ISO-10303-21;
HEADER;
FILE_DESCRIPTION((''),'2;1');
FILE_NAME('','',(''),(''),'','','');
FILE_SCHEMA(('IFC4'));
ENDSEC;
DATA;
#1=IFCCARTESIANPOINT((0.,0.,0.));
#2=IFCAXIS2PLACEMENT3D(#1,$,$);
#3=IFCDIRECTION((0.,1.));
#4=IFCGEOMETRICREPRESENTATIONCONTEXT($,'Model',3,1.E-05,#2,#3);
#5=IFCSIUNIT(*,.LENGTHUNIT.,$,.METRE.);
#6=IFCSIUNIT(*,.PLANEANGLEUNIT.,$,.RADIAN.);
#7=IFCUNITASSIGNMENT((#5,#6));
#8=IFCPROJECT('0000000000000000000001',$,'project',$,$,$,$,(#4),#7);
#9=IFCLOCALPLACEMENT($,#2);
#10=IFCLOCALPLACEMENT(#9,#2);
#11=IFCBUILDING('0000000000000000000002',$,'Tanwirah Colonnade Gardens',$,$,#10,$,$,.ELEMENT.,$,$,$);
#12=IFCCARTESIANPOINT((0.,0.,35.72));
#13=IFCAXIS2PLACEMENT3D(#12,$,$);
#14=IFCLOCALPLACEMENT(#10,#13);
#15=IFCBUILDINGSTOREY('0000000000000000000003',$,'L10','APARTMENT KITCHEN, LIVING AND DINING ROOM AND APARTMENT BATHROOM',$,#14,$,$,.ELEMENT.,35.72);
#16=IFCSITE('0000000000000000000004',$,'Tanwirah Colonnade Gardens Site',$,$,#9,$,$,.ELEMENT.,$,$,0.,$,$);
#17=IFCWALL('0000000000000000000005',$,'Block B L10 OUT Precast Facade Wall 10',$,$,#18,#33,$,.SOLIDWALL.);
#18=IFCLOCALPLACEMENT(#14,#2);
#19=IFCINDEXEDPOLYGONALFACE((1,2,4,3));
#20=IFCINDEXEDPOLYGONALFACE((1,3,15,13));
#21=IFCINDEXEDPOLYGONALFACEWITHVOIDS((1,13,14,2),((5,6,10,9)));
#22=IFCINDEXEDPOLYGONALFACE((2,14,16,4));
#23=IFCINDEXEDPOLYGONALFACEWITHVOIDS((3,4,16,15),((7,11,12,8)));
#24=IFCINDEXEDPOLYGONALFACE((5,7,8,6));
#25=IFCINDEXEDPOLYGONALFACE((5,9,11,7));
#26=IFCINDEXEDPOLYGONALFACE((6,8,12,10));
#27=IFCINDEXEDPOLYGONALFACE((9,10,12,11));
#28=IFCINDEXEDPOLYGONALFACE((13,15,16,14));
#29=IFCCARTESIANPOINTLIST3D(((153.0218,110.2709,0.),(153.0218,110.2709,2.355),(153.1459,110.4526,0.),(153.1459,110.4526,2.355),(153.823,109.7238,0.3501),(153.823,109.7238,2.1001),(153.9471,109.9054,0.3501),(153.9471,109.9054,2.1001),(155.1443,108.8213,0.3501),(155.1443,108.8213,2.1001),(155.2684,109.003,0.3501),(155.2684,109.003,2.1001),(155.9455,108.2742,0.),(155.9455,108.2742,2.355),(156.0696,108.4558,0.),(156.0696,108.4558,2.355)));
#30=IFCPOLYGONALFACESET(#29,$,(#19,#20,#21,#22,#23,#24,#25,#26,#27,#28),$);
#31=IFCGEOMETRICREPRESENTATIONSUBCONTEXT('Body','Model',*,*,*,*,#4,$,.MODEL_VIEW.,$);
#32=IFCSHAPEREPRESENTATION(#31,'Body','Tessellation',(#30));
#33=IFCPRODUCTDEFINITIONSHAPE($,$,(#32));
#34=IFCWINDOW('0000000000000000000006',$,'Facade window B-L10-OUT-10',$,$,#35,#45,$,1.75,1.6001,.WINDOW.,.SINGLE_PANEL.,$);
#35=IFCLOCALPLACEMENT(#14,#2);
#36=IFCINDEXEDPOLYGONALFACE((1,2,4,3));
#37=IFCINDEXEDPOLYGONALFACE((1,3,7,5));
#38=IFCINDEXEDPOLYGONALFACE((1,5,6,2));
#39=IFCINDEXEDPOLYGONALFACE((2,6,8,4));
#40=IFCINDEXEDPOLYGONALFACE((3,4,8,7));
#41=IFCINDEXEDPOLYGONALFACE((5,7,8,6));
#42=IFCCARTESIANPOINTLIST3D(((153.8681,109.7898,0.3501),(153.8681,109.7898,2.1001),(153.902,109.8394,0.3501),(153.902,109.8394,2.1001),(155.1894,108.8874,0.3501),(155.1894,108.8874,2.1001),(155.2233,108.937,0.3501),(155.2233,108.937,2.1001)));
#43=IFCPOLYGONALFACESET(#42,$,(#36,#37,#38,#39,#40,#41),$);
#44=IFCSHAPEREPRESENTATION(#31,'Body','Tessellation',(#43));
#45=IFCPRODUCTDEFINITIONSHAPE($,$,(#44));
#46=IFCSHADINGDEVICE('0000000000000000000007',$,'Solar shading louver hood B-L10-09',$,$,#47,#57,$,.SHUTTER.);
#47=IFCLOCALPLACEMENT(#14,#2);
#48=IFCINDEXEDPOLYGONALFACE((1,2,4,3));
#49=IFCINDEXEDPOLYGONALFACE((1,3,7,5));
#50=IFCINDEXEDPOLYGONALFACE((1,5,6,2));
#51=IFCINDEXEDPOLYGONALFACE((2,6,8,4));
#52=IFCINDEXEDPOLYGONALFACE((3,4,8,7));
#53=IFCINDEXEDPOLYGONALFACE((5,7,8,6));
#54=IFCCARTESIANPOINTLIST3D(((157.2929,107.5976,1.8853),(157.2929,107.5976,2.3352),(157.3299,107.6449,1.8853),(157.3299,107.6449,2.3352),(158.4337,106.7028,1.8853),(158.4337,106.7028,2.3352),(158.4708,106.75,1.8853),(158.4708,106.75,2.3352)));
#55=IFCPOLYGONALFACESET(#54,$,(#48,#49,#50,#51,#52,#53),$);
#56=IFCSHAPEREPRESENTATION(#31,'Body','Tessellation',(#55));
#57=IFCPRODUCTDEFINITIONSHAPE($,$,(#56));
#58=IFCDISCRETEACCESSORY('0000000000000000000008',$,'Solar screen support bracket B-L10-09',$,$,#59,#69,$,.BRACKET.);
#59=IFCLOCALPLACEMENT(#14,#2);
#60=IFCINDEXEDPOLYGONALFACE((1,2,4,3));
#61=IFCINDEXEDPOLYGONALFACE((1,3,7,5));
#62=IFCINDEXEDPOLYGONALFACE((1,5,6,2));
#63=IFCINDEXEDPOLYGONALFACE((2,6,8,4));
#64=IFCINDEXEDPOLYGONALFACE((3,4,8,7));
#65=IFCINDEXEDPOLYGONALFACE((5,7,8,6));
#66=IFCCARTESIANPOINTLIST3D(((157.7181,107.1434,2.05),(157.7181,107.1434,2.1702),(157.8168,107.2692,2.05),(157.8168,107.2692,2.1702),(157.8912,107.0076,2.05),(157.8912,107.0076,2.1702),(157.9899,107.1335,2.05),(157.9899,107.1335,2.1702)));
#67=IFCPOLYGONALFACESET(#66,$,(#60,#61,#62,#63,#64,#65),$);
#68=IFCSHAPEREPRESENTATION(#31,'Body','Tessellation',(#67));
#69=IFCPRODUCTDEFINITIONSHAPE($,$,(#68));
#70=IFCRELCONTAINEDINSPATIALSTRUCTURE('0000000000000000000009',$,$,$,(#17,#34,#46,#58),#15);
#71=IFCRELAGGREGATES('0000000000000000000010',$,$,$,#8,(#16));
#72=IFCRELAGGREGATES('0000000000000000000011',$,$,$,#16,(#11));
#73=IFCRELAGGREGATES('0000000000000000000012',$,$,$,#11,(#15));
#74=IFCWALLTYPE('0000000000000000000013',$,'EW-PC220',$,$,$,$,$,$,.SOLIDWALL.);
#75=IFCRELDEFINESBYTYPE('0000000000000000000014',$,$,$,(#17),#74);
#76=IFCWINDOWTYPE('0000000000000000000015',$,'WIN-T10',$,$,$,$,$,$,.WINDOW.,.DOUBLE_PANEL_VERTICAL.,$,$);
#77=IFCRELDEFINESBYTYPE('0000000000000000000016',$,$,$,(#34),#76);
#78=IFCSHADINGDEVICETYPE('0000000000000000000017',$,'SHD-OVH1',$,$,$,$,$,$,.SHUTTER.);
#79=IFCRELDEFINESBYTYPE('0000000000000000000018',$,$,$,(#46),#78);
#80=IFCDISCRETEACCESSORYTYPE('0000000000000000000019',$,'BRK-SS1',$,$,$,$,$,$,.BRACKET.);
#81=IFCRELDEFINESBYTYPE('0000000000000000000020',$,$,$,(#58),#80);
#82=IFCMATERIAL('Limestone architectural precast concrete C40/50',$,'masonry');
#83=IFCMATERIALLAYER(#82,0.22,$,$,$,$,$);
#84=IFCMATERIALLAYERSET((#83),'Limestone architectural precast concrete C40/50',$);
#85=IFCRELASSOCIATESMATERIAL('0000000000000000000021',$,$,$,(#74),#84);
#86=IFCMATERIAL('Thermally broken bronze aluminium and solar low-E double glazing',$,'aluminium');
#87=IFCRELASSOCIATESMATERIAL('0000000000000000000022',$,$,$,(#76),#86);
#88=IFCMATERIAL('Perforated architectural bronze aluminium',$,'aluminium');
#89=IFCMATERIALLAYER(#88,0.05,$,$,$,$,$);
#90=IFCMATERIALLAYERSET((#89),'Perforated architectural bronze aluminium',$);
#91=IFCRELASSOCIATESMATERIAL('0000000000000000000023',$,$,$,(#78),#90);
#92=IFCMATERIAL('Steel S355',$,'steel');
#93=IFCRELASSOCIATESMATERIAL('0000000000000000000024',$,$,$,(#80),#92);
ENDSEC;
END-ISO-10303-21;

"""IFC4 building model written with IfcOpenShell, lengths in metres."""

from ifc_helpers import new_model, si_unit, direction, frame, frame_2d, origin, origin_2d, place, context, subcontext, project, spatial, rectangle, extrude, material, layer, layer_set, type_object, element, fill, save


model = new_model("IFC4")

# Units and contexts
model_context = context("Model", 3, precision=1e-05, world=origin(), true_north=direction((0.0, 1.0)))
body_context = subcontext(model_context, "Body", "Model", "MODEL_VIEW")
ifc_project = project(units=[si_unit("LENGTHUNIT", "METRE"), si_unit("PLANEANGLEUNIT", "RADIAN")], contexts=[model_context])

# Site, building, storey
site_placement = place(None, origin())
site = spatial("IfcSite", under=ifc_project, at=site_placement, Name="Tanwirah Colonnade Gardens Site", CompositionType="ELEMENT", RefElevation=0.0)
building_placement = place(site_placement, origin())
building = spatial("IfcBuilding", under=site, at=building_placement, Name="Tanwirah Colonnade Gardens", CompositionType="ELEMENT")
storey_placement = place(building_placement, frame((0.0, 0.0, 35.72)))
storey = spatial("IfcBuildingStorey", under=building, at=storey_placement, Name="L10", Description="APARTMENT KITCHEN, LIVING AND DINING ROOM AND APARTMENT BATHROOM", CompositionType="ELEMENT", Elevation=35.72)

# Shared definitions
ifc_material_1 = material(Name="Limestone architectural precast concrete C40/50", Category="masonry")
ifc_layer_1 = layer(ifc_material_1, 0.22)
ifc_layer_set_1 = layer_set([ifc_layer_1], Name="Limestone architectural precast concrete C40/50")
wall_type = type_object("IfcWallType", Name="EW-PC220", PredefinedType="SOLIDWALL", material=ifc_layer_set_1)

# Wall, opening, window
ifc_material_2 = material(Name="Thermally broken bronze aluminium and solar low-E double glazing", Category="aluminium")
wall_1_placement = place(storey_placement, frame((156.0076, 108.365, 0.0), z_axis=(0.0, 0.0, 1.0), x_axis=(-0.825792, 0.563974, 0.0)))
wall_1 = element("IfcWall", 1, at=wall_1_placement, inside=storey, type_object=wall_type, Name="Block B L10 OUT Precast Facade Wall 10", PredefinedType="SOLIDWALL", context=body_context, shape_type="SweptSolid", body=[
    extrude(rectangle(XDim=3.5405, YDim=0.22, at=frame_2d((1.7703, 0.0))), origin(), (0.0, 0.0, 1.0), 2.355),
])
opening_1_placement = place(wall_1_placement, frame((0.9702, 0.0, 0.3501)))
opening_1 = element("IfcOpeningElement", 2, at=opening_1_placement, cuts=wall_1, PredefinedType="OPENING", context=body_context, shape_type="SweptSolid", body=[
    extrude(rectangle(XDim=1.6001, YDim=1.75, at=frame_2d((0.8, 0.875))), frame((0.0, 0.1199, 0.0), z_axis=(0.0, -1.0, 0.0), x_axis=(1.0, 0.0, 0.0)), (0.0, 0.0, 1.0), 0.24),
])
window_type_1 = type_object("IfcWindowType", Name="WIN-T10", PartitioningType="DOUBLE_PANEL_VERTICAL", PredefinedType="WINDOW", material=ifc_material_2)
window_1_placement = place(opening_1_placement, origin())
window_1 = element("IfcWindow", 3, at=window_1_placement, inside=storey, type_object=window_type_1, Name="Facade window B-L10-OUT-10", OverallHeight=1.75, OverallWidth=1.6001, PartitioningType="SINGLE_PANEL", PredefinedType="WINDOW", context=body_context, shape_type="SweptSolid", body=[
    extrude(rectangle(XDim=1.6001, YDim=1.75, at=frame_2d((0.8, 0.875))), frame((0.0, 0.03, 0.0), z_axis=(0.0, -1.0, 0.0), x_axis=(1.0, 0.0, 0.0)), (0.0, 0.0, 1.0), 0.0601),
])
fill(opening_1, window_1)

# Shading device
ifc_material_3 = material(Name="Perforated architectural bronze aluminium", Category="aluminium")
ifc_layer_2 = layer(ifc_material_3, 0.05)
ifc_layer_set_2 = layer_set([ifc_layer_2], Name="Perforated architectural bronze aluminium")
shading_device_type = type_object("IfcShadingDeviceType", Name="SHD-OVH1", PredefinedType="SHUTTER", material=ifc_layer_set_2)
shading_device_placement = place(storey_placement, frame((157.8818, 107.1738, 1.8853), z_axis=(0.0, 0.0, 1.0), x_axis=(-0.786816, 0.617188, 0.0)))
element("IfcShadingDevice", 4, at=shading_device_placement, inside=storey, type_object=shading_device_type, Name="Solar shading louver hood B-L10-09", PredefinedType="SHUTTER", context=body_context, shape_type="SweptSolid", body=[
    extrude(rectangle(XDim=1.45, YDim=0.0601, at=origin_2d()), origin(), (0.0, 0.0, 1.0), 0.45),
])

# Discrete accessory
ifc_material_4 = material(Name="Steel S355", Category="steel")
discrete_accessory_type = type_object("IfcDiscreteAccessoryType", Name="BRK-SS1", PredefinedType="BRACKET", material=ifc_material_4)
discrete_accessory_placement = place(storey_placement, frame((157.854, 107.1384, 2.05), z_axis=(0.0, 0.0, 1.0), x_axis=(-0.786816, 0.617188, 0.0)))
element("IfcDiscreteAccessory", 5, at=discrete_accessory_placement, inside=storey, type_object=discrete_accessory_type, Name="Solar screen support bracket B-L10-09", PredefinedType="BRACKET", context=body_context, shape_type="SweptSolid", body=[
    extrude(rectangle(XDim=0.22, YDim=0.1599, at=origin_2d()), origin(), (0.0, 0.0, 1.0), 0.1201),
])

save(model, "model.ifc")
